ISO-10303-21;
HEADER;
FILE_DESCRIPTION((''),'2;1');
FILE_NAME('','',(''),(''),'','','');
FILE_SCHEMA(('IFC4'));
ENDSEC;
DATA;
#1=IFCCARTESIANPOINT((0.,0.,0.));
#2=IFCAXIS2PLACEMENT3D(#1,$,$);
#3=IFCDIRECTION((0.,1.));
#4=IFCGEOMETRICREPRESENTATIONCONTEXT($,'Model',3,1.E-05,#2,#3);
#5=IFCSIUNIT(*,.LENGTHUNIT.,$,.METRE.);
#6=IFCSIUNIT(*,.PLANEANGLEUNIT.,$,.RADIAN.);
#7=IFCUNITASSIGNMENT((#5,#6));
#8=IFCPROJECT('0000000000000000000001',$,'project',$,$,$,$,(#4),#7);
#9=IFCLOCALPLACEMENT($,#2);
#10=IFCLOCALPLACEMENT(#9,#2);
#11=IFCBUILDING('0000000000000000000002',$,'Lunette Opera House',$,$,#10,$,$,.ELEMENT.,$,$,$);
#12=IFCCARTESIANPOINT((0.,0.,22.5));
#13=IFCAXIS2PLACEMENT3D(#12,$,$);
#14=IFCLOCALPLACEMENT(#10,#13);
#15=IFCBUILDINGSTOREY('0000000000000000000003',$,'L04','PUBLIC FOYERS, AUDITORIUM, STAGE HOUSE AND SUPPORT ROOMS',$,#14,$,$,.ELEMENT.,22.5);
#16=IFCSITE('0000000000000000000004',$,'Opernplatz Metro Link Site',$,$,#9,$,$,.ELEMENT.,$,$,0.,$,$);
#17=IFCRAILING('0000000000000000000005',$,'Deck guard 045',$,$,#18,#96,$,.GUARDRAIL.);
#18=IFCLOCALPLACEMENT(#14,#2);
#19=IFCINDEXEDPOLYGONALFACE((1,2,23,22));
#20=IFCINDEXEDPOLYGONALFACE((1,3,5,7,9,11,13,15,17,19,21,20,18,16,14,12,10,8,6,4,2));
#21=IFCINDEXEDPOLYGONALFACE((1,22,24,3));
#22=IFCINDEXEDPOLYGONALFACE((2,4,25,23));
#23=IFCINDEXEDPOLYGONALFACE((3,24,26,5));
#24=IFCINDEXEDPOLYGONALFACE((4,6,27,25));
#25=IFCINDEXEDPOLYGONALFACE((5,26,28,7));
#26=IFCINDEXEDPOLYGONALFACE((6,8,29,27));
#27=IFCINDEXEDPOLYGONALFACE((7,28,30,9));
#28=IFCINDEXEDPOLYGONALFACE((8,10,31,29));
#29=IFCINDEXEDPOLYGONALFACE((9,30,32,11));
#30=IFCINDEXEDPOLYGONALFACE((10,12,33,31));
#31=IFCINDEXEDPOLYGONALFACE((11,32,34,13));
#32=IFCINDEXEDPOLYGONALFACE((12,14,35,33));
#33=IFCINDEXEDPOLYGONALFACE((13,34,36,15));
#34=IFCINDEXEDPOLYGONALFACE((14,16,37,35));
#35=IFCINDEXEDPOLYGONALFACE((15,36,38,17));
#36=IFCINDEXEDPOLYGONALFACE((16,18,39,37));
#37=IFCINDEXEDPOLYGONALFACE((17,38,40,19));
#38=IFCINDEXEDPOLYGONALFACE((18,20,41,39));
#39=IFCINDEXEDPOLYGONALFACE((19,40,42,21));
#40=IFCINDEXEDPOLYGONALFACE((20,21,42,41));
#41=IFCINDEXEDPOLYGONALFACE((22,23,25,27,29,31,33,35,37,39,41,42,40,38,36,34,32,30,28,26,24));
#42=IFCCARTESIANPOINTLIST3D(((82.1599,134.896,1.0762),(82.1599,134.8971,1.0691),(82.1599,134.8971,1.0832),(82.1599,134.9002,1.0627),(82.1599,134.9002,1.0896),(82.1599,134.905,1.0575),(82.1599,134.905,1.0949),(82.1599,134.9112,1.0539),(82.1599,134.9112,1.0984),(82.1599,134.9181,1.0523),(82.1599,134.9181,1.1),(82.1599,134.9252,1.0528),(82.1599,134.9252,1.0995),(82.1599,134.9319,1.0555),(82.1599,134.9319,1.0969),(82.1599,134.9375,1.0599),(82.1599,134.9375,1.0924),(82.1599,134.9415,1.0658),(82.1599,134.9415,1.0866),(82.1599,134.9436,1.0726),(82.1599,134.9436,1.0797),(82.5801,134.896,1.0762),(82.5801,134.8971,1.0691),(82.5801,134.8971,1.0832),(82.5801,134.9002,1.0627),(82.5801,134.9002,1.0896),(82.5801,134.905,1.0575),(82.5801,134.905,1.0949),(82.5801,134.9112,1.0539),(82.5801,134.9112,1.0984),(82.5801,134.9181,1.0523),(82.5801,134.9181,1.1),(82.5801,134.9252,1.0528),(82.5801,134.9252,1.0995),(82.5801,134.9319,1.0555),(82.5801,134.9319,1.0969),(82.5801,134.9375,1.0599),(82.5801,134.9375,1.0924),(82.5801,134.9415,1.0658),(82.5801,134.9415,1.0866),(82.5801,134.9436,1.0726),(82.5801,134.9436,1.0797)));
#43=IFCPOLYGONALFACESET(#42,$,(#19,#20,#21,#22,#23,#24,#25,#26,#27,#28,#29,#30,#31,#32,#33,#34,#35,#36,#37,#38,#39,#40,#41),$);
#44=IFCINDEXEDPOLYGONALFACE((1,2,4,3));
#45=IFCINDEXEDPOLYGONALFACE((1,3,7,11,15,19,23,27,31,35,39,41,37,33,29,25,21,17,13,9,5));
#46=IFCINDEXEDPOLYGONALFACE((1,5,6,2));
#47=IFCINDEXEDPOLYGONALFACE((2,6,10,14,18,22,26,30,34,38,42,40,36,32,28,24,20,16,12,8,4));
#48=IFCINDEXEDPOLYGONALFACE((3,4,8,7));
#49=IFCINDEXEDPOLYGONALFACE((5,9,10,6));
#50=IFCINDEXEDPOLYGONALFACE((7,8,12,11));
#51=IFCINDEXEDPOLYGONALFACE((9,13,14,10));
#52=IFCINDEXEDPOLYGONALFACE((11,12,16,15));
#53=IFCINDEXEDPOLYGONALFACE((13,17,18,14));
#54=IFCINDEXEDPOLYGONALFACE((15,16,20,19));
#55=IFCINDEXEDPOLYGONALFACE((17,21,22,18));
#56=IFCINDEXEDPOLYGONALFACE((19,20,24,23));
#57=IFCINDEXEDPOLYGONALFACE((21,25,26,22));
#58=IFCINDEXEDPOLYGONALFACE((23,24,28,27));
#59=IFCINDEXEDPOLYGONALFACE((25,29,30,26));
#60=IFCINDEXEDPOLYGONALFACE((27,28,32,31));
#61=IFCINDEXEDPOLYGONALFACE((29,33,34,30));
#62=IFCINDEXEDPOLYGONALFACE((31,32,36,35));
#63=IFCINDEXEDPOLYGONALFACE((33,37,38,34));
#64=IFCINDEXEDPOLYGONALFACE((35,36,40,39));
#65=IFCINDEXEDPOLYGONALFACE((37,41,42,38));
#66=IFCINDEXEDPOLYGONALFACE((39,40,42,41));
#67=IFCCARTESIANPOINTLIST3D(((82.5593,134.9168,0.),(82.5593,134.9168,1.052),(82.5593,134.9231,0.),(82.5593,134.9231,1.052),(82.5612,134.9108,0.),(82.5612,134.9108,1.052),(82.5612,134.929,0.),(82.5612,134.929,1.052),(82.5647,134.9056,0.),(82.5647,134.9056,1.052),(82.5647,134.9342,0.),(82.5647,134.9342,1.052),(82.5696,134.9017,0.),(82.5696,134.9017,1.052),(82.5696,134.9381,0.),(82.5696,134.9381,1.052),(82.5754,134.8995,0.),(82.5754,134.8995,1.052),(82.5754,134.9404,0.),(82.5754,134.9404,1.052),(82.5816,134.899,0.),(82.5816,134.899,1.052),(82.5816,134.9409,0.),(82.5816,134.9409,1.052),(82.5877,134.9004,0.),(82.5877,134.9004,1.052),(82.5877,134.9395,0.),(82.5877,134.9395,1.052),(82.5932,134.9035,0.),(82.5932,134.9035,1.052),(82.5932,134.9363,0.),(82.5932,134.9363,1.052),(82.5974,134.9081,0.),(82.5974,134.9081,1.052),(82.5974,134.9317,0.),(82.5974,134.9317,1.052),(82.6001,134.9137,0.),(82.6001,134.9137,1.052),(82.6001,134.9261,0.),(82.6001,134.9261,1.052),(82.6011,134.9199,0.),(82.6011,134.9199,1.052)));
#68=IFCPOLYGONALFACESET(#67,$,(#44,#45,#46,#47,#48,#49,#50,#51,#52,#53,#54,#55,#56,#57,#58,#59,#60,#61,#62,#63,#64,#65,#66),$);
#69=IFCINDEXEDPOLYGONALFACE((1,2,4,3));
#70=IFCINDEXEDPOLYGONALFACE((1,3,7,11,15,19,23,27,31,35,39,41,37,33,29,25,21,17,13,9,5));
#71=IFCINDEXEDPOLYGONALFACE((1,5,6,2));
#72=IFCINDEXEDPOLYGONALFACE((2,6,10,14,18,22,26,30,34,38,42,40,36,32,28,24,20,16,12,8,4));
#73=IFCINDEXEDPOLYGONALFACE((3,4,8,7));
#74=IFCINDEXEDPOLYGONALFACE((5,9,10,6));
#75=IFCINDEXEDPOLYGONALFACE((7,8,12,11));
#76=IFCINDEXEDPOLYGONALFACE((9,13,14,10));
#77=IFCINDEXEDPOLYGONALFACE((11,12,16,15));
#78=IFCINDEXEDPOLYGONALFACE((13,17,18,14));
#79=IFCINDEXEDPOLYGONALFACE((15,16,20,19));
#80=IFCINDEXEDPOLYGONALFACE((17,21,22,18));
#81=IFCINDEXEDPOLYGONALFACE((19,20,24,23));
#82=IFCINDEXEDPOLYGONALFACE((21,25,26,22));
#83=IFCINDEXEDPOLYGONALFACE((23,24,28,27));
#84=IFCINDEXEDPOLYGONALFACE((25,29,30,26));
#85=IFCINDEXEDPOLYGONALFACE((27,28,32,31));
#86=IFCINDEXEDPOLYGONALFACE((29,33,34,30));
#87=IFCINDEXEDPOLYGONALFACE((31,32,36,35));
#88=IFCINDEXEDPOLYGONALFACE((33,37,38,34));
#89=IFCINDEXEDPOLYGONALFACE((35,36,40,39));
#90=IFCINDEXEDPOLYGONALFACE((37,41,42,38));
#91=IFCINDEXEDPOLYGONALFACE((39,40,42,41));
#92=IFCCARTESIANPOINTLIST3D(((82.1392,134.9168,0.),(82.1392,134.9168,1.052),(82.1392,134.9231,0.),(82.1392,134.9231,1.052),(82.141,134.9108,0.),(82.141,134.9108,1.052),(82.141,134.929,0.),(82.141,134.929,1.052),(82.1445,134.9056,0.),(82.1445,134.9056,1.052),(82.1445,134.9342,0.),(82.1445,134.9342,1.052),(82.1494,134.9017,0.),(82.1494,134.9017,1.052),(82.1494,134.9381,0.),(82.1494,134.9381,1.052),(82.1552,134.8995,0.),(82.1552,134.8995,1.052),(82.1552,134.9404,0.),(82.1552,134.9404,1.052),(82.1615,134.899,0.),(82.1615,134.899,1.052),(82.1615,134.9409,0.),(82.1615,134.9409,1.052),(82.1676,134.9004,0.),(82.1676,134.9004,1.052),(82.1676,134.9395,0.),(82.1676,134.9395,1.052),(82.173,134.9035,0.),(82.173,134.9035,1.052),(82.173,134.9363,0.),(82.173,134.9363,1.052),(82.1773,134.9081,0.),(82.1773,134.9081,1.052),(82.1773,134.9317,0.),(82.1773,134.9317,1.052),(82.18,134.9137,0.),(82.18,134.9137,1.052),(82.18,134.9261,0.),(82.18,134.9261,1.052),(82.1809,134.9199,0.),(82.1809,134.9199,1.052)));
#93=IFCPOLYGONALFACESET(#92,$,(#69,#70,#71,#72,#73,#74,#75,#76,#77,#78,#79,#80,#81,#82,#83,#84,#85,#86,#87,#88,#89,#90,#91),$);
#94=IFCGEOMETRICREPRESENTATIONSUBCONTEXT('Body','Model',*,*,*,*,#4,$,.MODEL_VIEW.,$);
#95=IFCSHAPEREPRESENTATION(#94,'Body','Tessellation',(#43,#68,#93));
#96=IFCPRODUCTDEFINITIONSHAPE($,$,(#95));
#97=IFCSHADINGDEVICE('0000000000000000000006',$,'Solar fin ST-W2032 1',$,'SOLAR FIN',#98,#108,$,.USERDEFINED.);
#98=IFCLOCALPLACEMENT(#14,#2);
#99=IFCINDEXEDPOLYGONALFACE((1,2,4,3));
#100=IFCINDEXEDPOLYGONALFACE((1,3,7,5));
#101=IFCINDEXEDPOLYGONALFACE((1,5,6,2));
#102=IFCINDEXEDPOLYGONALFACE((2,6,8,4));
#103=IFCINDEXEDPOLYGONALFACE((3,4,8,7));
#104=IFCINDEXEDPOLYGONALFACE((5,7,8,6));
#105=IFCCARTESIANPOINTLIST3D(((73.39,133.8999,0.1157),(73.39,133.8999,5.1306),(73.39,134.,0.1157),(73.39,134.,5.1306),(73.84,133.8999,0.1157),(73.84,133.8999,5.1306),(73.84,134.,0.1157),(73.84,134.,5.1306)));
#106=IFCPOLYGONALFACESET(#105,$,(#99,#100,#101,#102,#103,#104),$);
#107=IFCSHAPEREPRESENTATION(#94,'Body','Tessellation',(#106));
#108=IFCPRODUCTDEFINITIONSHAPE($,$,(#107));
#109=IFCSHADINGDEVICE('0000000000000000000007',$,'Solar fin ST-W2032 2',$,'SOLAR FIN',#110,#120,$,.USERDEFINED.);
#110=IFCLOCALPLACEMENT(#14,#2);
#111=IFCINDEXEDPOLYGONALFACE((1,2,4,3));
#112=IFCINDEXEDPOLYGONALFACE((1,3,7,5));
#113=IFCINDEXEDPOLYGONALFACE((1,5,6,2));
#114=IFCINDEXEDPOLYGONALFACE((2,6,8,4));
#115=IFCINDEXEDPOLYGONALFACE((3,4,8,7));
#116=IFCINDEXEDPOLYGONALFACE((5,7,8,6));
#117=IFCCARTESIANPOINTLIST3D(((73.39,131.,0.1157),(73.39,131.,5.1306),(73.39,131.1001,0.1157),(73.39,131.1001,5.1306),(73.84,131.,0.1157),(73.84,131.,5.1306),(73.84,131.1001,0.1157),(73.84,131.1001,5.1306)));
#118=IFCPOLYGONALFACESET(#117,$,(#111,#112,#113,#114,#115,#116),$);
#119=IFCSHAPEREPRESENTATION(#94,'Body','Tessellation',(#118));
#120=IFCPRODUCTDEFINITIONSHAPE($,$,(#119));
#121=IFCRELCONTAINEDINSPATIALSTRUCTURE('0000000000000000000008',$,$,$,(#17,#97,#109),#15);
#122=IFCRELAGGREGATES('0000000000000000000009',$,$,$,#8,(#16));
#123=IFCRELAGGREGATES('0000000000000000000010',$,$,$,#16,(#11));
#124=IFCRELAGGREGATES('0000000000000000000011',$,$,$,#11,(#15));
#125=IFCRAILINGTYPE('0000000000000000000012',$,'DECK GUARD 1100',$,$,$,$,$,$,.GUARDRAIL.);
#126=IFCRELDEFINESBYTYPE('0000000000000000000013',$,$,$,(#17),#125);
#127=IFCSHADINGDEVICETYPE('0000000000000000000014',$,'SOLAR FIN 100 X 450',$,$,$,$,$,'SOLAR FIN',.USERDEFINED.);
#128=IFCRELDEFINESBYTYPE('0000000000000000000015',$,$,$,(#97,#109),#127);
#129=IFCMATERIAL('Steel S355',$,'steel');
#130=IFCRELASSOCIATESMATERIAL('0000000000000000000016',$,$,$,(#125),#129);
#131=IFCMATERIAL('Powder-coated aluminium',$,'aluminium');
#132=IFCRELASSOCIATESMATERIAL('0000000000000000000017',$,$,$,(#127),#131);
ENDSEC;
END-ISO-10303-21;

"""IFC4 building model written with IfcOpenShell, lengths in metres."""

from ifc_helpers import new_model, si_unit, direction, frame, origin, origin_2d, place, context, subcontext, project, spatial, rectangle, circle, extrude, material, type_object, element, save


model = new_model("IFC4")

# Units and contexts
model_context = context("Model", 3, precision=1e-05, world=origin(), true_north=direction((0.0, 1.0)))
body_context = subcontext(model_context, "Body", "Model", "MODEL_VIEW")
ifc_project = project(units=[si_unit("LENGTHUNIT", "METRE"), si_unit("PLANEANGLEUNIT", "RADIAN")], contexts=[model_context])

# Site, building, storey
site_placement = place(None, origin())
site = spatial("IfcSite", under=ifc_project, at=site_placement, Name="Opernplatz Metro Link Site", CompositionType="ELEMENT", RefElevation=0.0)
building_placement = place(site_placement, origin())
building = spatial("IfcBuilding", under=site, at=building_placement, Name="Lunette Opera House", CompositionType="ELEMENT")
storey_placement = place(building_placement, frame((0.0, 0.0, 22.5)))
storey = spatial("IfcBuildingStorey", under=building, at=storey_placement, Name="L04", Description="PUBLIC FOYERS, AUDITORIUM, STAGE HOUSE AND SUPPORT ROOMS", CompositionType="ELEMENT", Elevation=22.5)

# Railing
ifc_material_1 = material(Name="Steel S355", Category="steel")
railing_type_1 = type_object("IfcRailingType", Name="DECK GUARD 1100", PredefinedType="GUARDRAIL", material=ifc_material_1)
railing_1_placement = place(storey_placement, frame((82.5801, 134.9199, 0.0)))
element("IfcRailing", 1, at=railing_1_placement, inside=storey, type_object=railing_type_1, Name="Deck guard 045", PredefinedType="GUARDRAIL", context=body_context, shape_type="SweptSolid", body=[
    extrude(circle(Radius=0.0239, at=origin_2d()), frame((0.0, 0.0, 1.0762), z_axis=(-1.0, 0.0, 0.0), x_axis=(0.0, -1.0, 0.0)), (0.0, 0.0, 1.0), 0.4202),
    extrude(circle(Radius=0.021, at=origin_2d()), origin(), (0.0, 0.0, 1.0), 1.052),
    extrude(circle(Radius=0.021, at=origin_2d()), frame((-0.4202, 0.0, 0.0)), (0.0, 0.0, 1.0), 1.052),
])

# Shading devices
ifc_material_2 = material(Name="Powder-coated aluminium", Category="aluminium")
shading_device_type = type_object("IfcShadingDeviceType", Name="SOLAR FIN 100 X 450", ElementType="SOLAR FIN", PredefinedType="USERDEFINED", material=ifc_material_2)
for number, where, z_axis, x_axis, name in (
    (2, (73.615, 133.95, 0.1157), (0.0, 0.0, 1.0), (-1.0, 0.0, 0.0), "Solar fin ST-W2032 1"),
    (3, (73.615, 131.05, 0.1157), (0.0, 0.0, 1.0), (-1.0, 0.0, 0.0), "Solar fin ST-W2032 2"),
):
    element("IfcShadingDevice", number, at=place(storey_placement, frame(where, z_axis=z_axis, x_axis=x_axis)), inside=storey, type_object=shading_device_type, Name=name, ObjectType="SOLAR FIN", PredefinedType="USERDEFINED", context=body_context, shape_type="SweptSolid", body=[
        extrude(rectangle(XDim=0.45, YDim=0.1001, at=origin_2d()), origin(), (0.0, 0.0, 1.0), 5.0149),
    ])

save(model, "model.ifc")
